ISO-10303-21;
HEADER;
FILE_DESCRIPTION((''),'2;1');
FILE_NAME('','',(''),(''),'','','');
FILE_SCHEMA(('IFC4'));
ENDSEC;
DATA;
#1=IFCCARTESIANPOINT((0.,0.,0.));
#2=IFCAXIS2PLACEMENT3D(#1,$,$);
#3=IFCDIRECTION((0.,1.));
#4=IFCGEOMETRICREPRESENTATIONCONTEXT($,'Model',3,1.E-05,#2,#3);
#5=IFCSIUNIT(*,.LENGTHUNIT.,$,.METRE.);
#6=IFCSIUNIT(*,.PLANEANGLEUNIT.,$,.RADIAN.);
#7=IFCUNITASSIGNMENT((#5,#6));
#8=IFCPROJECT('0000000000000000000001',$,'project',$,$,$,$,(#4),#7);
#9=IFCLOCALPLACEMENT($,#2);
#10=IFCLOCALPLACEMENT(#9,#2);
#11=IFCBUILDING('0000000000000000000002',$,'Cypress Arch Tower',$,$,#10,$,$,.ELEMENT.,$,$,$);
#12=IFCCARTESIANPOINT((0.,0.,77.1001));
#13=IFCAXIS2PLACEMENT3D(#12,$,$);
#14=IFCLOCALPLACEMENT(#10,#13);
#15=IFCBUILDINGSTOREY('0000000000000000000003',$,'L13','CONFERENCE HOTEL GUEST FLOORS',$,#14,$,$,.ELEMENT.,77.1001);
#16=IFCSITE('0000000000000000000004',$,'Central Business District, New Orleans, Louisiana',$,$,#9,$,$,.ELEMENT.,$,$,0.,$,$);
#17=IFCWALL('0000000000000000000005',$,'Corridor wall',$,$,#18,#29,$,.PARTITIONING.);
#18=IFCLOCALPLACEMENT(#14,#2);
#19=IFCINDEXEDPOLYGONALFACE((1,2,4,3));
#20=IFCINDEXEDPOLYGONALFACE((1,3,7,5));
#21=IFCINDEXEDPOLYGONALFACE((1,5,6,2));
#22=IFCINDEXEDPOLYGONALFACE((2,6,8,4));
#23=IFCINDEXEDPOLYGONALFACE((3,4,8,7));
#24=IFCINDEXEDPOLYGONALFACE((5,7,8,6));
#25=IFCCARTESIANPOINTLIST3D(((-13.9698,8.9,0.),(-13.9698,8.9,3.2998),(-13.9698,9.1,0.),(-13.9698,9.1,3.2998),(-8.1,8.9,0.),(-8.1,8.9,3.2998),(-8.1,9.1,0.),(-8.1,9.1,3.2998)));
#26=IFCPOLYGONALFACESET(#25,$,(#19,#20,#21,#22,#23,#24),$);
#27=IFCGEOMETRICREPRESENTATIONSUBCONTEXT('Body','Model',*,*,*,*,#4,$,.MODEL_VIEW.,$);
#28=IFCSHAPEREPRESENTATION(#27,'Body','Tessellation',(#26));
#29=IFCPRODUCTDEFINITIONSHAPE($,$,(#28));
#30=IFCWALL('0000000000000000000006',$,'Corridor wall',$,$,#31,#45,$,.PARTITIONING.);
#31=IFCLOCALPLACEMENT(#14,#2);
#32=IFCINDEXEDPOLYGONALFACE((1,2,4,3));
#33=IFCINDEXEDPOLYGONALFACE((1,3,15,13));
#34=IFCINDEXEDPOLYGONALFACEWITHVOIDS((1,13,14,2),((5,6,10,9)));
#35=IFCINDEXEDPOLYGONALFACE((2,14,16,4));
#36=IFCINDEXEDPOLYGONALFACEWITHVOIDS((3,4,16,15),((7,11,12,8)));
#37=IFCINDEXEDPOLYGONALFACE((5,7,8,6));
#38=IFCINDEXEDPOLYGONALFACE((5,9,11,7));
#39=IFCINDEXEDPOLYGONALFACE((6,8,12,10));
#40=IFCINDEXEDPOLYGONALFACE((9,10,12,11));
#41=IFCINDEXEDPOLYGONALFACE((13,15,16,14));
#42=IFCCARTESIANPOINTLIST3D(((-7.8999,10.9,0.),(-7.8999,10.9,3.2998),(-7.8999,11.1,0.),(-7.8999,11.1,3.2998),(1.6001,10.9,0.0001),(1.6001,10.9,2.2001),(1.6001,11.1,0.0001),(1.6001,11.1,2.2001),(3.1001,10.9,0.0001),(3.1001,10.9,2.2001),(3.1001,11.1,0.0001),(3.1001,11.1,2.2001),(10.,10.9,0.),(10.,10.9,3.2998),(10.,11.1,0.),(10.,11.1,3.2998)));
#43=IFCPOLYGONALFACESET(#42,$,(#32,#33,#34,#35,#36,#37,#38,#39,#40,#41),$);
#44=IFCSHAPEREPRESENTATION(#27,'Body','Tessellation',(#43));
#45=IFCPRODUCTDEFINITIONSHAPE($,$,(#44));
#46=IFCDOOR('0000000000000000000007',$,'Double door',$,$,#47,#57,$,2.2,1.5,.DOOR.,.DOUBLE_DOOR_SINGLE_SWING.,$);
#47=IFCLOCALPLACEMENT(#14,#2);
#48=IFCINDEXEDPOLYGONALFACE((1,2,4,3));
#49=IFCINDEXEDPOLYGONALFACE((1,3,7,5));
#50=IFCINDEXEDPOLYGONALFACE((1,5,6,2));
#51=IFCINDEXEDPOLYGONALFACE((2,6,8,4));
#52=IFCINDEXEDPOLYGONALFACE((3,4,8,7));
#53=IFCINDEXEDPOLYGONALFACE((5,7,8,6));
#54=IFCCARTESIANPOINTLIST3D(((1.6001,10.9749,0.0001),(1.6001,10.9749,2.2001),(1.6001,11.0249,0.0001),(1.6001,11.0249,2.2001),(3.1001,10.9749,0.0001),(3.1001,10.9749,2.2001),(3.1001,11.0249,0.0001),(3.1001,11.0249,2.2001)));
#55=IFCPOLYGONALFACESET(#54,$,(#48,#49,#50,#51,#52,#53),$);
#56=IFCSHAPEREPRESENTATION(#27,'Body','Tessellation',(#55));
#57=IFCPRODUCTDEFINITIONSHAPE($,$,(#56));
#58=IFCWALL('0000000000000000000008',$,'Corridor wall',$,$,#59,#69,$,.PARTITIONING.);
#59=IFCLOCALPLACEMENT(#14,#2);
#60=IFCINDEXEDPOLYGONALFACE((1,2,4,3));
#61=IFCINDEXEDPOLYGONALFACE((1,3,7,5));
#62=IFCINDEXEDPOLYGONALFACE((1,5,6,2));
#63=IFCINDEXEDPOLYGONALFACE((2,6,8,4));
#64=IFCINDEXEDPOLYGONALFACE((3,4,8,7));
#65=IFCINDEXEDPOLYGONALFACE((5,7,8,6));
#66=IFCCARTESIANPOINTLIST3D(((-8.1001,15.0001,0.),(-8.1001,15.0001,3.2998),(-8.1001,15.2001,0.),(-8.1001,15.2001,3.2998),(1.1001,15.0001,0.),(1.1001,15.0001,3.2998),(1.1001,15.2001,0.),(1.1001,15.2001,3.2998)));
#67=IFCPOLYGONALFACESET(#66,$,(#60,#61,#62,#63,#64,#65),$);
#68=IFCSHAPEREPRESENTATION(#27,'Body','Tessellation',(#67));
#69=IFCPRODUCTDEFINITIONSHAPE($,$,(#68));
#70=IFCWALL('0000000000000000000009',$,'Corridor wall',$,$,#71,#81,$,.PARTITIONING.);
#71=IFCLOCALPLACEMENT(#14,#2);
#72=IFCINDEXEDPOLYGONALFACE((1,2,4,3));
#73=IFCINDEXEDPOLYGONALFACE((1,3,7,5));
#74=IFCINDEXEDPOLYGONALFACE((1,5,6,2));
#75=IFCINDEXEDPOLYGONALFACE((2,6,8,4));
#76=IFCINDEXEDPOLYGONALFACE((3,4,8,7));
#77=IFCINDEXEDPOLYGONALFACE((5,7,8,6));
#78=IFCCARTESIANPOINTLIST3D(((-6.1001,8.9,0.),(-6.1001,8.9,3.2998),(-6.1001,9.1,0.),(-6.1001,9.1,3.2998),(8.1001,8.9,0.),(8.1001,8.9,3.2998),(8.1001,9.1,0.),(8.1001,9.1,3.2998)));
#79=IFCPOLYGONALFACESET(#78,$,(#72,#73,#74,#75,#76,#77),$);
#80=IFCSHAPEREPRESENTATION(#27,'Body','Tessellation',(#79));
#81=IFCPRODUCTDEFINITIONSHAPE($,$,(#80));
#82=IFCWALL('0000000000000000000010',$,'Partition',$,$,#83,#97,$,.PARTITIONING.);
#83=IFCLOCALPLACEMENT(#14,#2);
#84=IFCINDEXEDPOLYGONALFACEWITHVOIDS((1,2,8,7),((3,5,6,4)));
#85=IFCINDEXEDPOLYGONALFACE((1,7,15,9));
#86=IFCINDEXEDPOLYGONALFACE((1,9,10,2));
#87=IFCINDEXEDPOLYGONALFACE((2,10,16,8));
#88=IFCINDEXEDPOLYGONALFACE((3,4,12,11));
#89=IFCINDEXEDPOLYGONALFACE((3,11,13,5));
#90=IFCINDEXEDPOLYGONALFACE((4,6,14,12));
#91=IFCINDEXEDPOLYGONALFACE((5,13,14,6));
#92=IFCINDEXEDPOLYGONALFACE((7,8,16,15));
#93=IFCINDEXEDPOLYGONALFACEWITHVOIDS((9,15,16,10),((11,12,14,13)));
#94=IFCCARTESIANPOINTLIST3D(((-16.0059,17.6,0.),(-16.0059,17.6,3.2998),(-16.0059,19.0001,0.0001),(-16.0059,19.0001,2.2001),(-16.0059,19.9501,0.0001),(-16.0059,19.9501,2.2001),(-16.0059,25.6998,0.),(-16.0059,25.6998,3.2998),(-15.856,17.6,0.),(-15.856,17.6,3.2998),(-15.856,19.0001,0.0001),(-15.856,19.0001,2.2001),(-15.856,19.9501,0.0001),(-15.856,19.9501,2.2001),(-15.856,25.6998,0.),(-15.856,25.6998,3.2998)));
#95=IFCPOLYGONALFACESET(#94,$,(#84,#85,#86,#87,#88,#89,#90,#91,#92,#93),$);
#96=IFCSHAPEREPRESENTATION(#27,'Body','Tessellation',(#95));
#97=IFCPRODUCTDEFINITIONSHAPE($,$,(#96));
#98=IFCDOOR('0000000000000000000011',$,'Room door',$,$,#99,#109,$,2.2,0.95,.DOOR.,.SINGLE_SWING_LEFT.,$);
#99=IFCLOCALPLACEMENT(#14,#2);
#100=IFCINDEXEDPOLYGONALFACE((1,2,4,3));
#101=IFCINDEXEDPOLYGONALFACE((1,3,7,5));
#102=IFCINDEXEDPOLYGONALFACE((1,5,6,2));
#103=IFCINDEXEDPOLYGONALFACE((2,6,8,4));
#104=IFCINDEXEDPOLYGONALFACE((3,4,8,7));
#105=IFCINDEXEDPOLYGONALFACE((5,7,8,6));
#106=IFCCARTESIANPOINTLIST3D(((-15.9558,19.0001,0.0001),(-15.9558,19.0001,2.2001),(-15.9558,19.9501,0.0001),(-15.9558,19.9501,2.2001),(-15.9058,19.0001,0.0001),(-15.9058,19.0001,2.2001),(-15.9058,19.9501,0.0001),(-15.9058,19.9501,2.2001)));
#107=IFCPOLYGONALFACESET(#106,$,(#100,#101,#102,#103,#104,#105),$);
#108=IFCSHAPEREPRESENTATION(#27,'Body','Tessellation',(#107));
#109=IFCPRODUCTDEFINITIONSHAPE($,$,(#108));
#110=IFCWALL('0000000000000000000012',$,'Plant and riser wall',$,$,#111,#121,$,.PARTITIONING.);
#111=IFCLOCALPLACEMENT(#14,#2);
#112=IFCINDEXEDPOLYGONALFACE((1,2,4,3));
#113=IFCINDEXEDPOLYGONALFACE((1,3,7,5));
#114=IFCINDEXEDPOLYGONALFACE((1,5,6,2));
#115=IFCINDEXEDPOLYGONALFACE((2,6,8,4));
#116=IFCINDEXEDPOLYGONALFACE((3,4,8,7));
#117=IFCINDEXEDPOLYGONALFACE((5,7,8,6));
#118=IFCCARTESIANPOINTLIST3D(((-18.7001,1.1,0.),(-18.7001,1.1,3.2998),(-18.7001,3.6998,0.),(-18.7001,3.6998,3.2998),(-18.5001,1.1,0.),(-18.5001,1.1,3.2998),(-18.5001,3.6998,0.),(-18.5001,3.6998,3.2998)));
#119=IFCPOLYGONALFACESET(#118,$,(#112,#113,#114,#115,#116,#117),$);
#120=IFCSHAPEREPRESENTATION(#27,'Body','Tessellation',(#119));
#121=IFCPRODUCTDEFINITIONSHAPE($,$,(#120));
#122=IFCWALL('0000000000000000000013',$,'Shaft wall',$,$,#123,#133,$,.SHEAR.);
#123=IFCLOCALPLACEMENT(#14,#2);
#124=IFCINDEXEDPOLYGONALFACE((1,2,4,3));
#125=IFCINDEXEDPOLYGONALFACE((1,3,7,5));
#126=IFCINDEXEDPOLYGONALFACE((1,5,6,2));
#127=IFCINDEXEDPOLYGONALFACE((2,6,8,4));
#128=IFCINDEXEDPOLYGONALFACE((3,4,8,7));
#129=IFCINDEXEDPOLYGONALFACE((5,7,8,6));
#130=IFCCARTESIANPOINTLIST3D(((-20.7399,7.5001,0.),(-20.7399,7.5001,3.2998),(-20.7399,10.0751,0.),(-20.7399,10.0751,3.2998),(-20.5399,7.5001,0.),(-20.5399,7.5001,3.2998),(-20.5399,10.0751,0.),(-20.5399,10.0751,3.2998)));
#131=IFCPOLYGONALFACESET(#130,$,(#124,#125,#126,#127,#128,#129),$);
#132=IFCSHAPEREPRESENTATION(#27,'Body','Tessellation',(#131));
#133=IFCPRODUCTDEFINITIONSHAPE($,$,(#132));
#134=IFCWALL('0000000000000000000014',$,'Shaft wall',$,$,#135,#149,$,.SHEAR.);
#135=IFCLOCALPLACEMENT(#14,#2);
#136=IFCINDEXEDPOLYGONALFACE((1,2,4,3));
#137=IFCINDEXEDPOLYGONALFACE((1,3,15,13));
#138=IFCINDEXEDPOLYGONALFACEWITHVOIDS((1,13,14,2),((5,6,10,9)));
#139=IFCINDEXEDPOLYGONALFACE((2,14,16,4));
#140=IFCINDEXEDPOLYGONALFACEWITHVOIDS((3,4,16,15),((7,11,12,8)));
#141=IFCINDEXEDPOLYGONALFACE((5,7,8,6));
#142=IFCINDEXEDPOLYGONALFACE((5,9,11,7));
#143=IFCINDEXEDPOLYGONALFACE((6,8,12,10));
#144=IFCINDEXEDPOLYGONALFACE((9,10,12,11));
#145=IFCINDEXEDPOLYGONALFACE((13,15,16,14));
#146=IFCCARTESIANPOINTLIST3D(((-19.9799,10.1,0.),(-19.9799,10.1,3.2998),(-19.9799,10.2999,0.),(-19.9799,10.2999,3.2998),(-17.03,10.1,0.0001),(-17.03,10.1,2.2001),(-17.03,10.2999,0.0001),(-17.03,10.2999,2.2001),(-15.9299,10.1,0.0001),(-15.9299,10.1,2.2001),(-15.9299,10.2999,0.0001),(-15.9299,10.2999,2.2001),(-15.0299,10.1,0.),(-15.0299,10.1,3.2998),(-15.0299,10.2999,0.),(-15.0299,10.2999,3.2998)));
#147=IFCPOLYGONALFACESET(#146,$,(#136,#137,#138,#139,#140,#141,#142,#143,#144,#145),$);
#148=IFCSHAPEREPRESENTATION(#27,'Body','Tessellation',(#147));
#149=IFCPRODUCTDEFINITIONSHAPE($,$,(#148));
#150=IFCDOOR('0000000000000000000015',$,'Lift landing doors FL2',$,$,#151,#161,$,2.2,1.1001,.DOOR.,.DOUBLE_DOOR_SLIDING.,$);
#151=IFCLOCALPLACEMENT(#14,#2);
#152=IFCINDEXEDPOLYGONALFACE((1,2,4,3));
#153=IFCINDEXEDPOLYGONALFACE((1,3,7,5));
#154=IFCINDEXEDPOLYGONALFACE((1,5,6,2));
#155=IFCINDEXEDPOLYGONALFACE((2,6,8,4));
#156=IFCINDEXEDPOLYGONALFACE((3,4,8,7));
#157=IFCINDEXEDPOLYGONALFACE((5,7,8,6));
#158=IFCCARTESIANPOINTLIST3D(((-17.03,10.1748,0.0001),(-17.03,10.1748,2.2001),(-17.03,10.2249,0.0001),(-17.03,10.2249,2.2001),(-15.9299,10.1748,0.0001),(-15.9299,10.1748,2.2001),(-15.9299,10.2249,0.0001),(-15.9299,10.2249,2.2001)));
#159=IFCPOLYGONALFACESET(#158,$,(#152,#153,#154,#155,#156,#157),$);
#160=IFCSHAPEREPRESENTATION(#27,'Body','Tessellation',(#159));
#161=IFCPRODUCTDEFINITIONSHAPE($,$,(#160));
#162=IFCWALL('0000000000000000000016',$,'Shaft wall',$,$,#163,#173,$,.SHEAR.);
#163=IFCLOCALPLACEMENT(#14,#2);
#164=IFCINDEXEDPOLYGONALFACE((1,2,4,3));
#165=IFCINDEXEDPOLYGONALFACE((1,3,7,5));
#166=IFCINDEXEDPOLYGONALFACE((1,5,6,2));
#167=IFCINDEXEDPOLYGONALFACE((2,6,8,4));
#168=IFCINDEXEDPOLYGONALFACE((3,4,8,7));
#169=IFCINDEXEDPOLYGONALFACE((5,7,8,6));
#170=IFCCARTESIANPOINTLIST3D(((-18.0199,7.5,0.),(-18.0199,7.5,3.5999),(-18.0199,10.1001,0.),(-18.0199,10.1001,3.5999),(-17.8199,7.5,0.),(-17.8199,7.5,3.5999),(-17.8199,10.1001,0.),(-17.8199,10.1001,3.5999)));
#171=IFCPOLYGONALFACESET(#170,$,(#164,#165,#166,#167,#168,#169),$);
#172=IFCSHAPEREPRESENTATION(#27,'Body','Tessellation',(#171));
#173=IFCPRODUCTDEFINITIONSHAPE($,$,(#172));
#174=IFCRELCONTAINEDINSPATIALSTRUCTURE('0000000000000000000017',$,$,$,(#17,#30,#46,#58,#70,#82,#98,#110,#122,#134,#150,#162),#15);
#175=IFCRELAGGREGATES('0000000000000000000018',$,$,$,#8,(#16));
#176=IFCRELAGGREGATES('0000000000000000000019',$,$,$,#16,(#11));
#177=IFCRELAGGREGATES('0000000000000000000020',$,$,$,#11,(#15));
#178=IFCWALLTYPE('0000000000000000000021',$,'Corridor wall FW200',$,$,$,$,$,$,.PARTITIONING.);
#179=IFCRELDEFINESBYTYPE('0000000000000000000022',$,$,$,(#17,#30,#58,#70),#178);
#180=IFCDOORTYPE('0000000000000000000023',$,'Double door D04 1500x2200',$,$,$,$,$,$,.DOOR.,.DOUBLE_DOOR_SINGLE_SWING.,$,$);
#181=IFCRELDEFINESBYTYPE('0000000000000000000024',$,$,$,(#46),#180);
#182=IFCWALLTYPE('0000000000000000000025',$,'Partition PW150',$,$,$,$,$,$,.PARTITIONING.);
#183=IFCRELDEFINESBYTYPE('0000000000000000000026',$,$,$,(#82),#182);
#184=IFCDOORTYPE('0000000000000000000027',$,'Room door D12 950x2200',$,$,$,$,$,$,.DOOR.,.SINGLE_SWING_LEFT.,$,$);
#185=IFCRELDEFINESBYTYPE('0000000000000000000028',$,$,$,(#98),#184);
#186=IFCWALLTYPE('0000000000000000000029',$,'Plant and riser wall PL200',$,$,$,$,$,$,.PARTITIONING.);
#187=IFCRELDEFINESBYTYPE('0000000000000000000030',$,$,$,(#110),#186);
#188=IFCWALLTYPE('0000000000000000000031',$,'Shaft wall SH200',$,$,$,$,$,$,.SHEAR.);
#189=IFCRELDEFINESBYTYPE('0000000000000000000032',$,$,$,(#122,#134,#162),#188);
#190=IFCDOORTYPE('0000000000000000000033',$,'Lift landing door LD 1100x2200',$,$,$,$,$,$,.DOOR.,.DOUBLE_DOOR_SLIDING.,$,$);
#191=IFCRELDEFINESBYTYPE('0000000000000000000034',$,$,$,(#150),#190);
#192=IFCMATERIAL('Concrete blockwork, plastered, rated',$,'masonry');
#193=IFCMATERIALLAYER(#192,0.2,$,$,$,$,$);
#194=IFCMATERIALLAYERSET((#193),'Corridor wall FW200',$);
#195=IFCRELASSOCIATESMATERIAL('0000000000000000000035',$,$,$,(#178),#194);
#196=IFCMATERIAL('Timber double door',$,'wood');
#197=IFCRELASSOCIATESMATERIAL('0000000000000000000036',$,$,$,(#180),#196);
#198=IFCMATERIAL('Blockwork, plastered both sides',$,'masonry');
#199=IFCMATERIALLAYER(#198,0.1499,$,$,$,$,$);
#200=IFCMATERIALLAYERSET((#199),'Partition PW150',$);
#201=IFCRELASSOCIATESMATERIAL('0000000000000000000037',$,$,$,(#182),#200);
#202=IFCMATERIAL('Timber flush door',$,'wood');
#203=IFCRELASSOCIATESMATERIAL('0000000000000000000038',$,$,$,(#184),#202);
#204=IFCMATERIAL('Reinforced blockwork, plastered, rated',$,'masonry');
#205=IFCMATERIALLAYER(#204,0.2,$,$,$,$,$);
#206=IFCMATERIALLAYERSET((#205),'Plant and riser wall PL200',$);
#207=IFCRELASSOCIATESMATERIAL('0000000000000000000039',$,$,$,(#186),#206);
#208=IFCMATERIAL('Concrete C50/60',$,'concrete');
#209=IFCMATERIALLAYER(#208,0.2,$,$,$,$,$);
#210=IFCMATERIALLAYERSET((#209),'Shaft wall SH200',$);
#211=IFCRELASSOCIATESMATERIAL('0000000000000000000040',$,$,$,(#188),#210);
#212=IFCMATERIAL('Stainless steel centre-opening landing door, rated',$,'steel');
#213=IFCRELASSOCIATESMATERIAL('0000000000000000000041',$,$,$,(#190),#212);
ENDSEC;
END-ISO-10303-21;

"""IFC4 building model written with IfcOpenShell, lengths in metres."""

from ifc_helpers import new_model, si_unit, direction, frame, frame_2d, origin, place, context, subcontext, project, spatial, rectangle, extrude, material, layer, layer_set, type_object, element, fill, save


model = new_model("IFC4")

# Units and contexts
model_context = context("Model", 3, precision=1e-05, world=origin(), true_north=direction((0.0, 1.0)))
body_context = subcontext(model_context, "Body", "Model", "MODEL_VIEW")
ifc_project = project(units=[si_unit("LENGTHUNIT", "METRE"), si_unit("PLANEANGLEUNIT", "RADIAN")], contexts=[model_context])

# Site, building, storey
site_placement = place(None, origin())
site = spatial("IfcSite", under=ifc_project, at=site_placement, Name="Central Business District, New Orleans, Louisiana", CompositionType="ELEMENT", RefElevation=0.0)
building_placement = place(site_placement, origin())
building = spatial("IfcBuilding", under=site, at=building_placement, Name="Cypress Arch Tower", CompositionType="ELEMENT")
storey_placement = place(building_placement, frame((0.0, 0.0, 77.1001)))
storey = spatial("IfcBuildingStorey", under=building, at=storey_placement, Name="L13", Description="CONFERENCE HOTEL GUEST FLOORS", CompositionType="ELEMENT", Elevation=77.1001)

# Shared definitions
ifc_material_1 = material(Name="Concrete blockwork, plastered, rated", Category="masonry")
ifc_layer_1 = layer(ifc_material_1, 0.2)
ifc_layer_set_1 = layer_set([ifc_layer_1], Name="Corridor wall FW200")
wall_type_1 = type_object("IfcWallType", Name="Corridor wall FW200", PredefinedType="PARTITIONING", material=ifc_layer_set_1)

# Wall
wall_1_placement = place(storey_placement, frame((-13.97, 9.0, 0.0), z_axis=(0.0, 0.0, 1.0), x_axis=(1.0, 0.0, 0.0)))
element("IfcWall", 1, at=wall_1_placement, inside=storey, type_object=wall_type_1, Name="Corridor wall", PredefinedType="PARTITIONING", context=body_context, shape_type="SweptSolid", body=[
    extrude(rectangle(XDim=5.8699, YDim=0.2, at=frame_2d((2.9351, 0.0))), origin(), (0.0, 0.0, 1.0), 3.2998),
])

# Wall, opening, door
wall_2_placement = place(storey_placement, frame((-7.8999, 11.0, 0.0), z_axis=(0.0, 0.0, 1.0), x_axis=(1.0, 0.0, 0.0)))
wall_2 = element("IfcWall", 2, at=wall_2_placement, inside=storey, type_object=wall_type_1, Name="Corridor wall", PredefinedType="PARTITIONING", context=body_context, shape_type="SweptSolid", body=[
    extrude(rectangle(XDim=17.8999, YDim=0.2, at=frame_2d((8.95, 0.0))), origin(), (0.0, 0.0, 1.0), 3.2998),
])
opening_1_placement = place(wall_2_placement, frame((9.5, 0.0, 0.0)))
opening_1 = element("IfcOpeningElement", 3, at=opening_1_placement, cuts=wall_2, PredefinedType="OPENING", context=body_context, shape_type="SweptSolid", body=[
    extrude(rectangle(XDim=1.5, YDim=2.2, at=frame_2d((0.75, 1.1001))), frame((0.0, 0.1099, 0.0), z_axis=(0.0, -1.0, 0.0), x_axis=(1.0, 0.0, 0.0)), (0.0, 0.0, 1.0), 0.22),
])
ifc_material_2 = material(Name="Timber double door", Category="wood")
door_type_1 = type_object("IfcDoorType", Name="Double door D04 1500x2200", OperationType="DOUBLE_DOOR_SINGLE_SWING", PredefinedType="DOOR", material=ifc_material_2)
door_1_placement = place(opening_1_placement, origin())
door_1 = element("IfcDoor", 4, at=door_1_placement, inside=storey, type_object=door_type_1, Name="Double door", OperationType="DOUBLE_DOOR_SINGLE_SWING", OverallHeight=2.2, OverallWidth=1.5, PredefinedType="DOOR", context=body_context, shape_type="SweptSolid", body=[
    extrude(rectangle(XDim=1.5, YDim=2.2, at=frame_2d((0.75, 1.1001))), frame((0.0, 0.0249, 0.0), z_axis=(0.0, -1.0, 0.0), x_axis=(1.0, 0.0, 0.0)), (0.0, 0.0, 1.0), 0.05),
])
fill(opening_1, door_1)

# Walls
wall_3_placement = place(storey_placement, frame((-8.1001, 15.1001, 0.0), z_axis=(0.0, 0.0, 1.0), x_axis=(1.0, 0.0, 0.0)))
element("IfcWall", 5, at=wall_3_placement, inside=storey, type_object=wall_type_1, Name="Corridor wall", PredefinedType="PARTITIONING", context=body_context, shape_type="SweptSolid", body=[
    extrude(rectangle(XDim=9.2002, YDim=0.2, at=frame_2d((4.6001, 0.0))), origin(), (0.0, 0.0, 1.0), 3.2998),
])
wall_4_placement = place(storey_placement, frame((-6.1001, 9.0, 0.0), z_axis=(0.0, 0.0, 1.0), x_axis=(1.0, 0.0, 0.0)))
element("IfcWall", 6, at=wall_4_placement, inside=storey, type_object=wall_type_1, Name="Corridor wall", PredefinedType="PARTITIONING", context=body_context, shape_type="SweptSolid", body=[
    extrude(rectangle(XDim=14.2002, YDim=0.2, at=frame_2d((7.1001, 0.0))), origin(), (0.0, 0.0, 1.0), 3.2998),
])

# Wall, opening, door
ifc_material_3 = material(Name="Blockwork, plastered both sides", Category="masonry")
ifc_layer_2 = layer(ifc_material_3, 0.1499)
ifc_layer_set_2 = layer_set([ifc_layer_2], Name="Partition PW150")
wall_type_2 = type_object("IfcWallType", Name="Partition PW150", PredefinedType="PARTITIONING", material=ifc_layer_set_2)
wall_5_placement = place(storey_placement, frame((-15.9309, 17.6001, 0.0), z_axis=(0.0, 0.0, 1.0), x_axis=(0.0, 1.0, 0.0)))
wall_5 = element("IfcWall", 7, at=wall_5_placement, inside=storey, type_object=wall_type_2, Name="Partition", PredefinedType="PARTITIONING", context=body_context, shape_type="SweptSolid", body=[
    extrude(rectangle(XDim=8.0999, YDim=0.1499, at=frame_2d((4.0498, 0.0))), origin(), (0.0, 0.0, 1.0), 3.2998),
])
opening_2_placement = place(wall_5_placement, frame((1.3999, 0.0, 0.0)))
opening_2 = element("IfcOpeningElement", 8, at=opening_2_placement, cuts=wall_5, PredefinedType="OPENING", context=body_context, shape_type="SweptSolid", body=[
    extrude(rectangle(XDim=0.95, YDim=2.2, at=frame_2d((0.4751, 1.1001))), frame((0.0, 0.085, 0.0), z_axis=(0.0, -1.0, 0.0), x_axis=(1.0, 0.0, 0.0)), (0.0, 0.0, 1.0), 0.1699),
])
ifc_material_4 = material(Name="Timber flush door", Category="wood")
door_type_2 = type_object("IfcDoorType", Name="Room door D12 950x2200", OperationType="SINGLE_SWING_LEFT", PredefinedType="DOOR", material=ifc_material_4)
door_2_placement = place(opening_2_placement, origin())
door_2 = element("IfcDoor", 9, at=door_2_placement, inside=storey, type_object=door_type_2, Name="Room door", OperationType="SINGLE_SWING_LEFT", OverallHeight=2.2, OverallWidth=0.95, PredefinedType="DOOR", context=body_context, shape_type="SweptSolid", body=[
    extrude(rectangle(XDim=0.95, YDim=2.2, at=frame_2d((0.4751, 1.1001))), frame((0.0, 0.0249, 0.0), z_axis=(0.0, -1.0, 0.0), x_axis=(1.0, 0.0, 0.0)), (0.0, 0.0, 1.0), 0.05),
])
fill(opening_2, door_2)

# Walls
ifc_material_5 = material(Name="Reinforced blockwork, plastered, rated", Category="masonry")
ifc_layer_3 = layer(ifc_material_5, 0.2)
ifc_layer_set_3 = layer_set([ifc_layer_3], Name="Plant and riser wall PL200")
wall_type_3 = type_object("IfcWallType", Name="Plant and riser wall PL200", PredefinedType="PARTITIONING", material=ifc_layer_set_3)
wall_6_placement = place(storey_placement, frame((-18.6001, 1.1001, 0.0), z_axis=(0.0, 0.0, 1.0), x_axis=(0.0, 1.0, 0.0)))
element("IfcWall", 10, at=wall_6_placement, inside=storey, type_object=wall_type_3, Name="Plant and riser wall", PredefinedType="PARTITIONING", context=body_context, shape_type="SweptSolid", body=[
    extrude(rectangle(XDim=2.5999, YDim=0.2, at=frame_2d((1.2998, 0.0))), origin(), (0.0, 0.0, 1.0), 3.2998),
])
ifc_material_6 = material(Name="Concrete C50/60", Category="concrete")
ifc_layer_4 = layer(ifc_material_6, 0.2)
ifc_layer_set_4 = layer_set([ifc_layer_4], Name="Shaft wall SH200")
wall_type_4 = type_object("IfcWallType", Name="Shaft wall SH200", PredefinedType="SHEAR", material=ifc_layer_set_4)
wall_7_placement = place(storey_placement, frame((-20.6399, 7.5, 0.0), z_axis=(0.0, 0.0, 1.0), x_axis=(0.0, 1.0, 0.0)))
element("IfcWall", 11, at=wall_7_placement, inside=storey, type_object=wall_type_4, Name="Shaft wall", PredefinedType="SHEAR", context=body_context, shape_type="SweptSolid", body=[
    extrude(rectangle(XDim=2.575, YDim=0.2, at=frame_2d((1.2876, 0.0))), origin(), (0.0, 0.0, 1.0), 3.2998),
])

# Wall, opening, door
wall_8_placement = place(storey_placement, frame((-19.98, 10.2, 0.0), z_axis=(0.0, 0.0, 1.0), x_axis=(1.0, 0.0, 0.0)))
wall_8 = element("IfcWall", 12, at=wall_8_placement, inside=storey, type_object=wall_type_4, Name="Shaft wall", PredefinedType="SHEAR", context=body_context, shape_type="SweptSolid", body=[
    extrude(rectangle(XDim=4.95, YDim=0.2, at=frame_2d((2.4751, 0.0))), origin(), (0.0, 0.0, 1.0), 3.2998),
])
opening_3_placement = place(wall_8_placement, frame((2.95, 0.0, 0.0)))
opening_3 = element("IfcOpeningElement", 13, at=opening_3_placement, cuts=wall_8, PredefinedType="OPENING", context=body_context, shape_type="SweptSolid", body=[
    extrude(rectangle(XDim=1.1001, YDim=2.2, at=frame_2d((0.55, 1.1001))), frame((0.0, 0.1099, 0.0), z_axis=(0.0, -1.0, 0.0), x_axis=(1.0, 0.0, 0.0)), (0.0, 0.0, 1.0), 0.22),
])
ifc_material_7 = material(Name="Stainless steel centre-opening landing door, rated", Category="steel")
door_type_3 = type_object("IfcDoorType", Name="Lift landing door LD 1100x2200", OperationType="DOUBLE_DOOR_SLIDING", PredefinedType="DOOR", material=ifc_material_7)
door_3_placement = place(opening_3_placement, origin())
door_3 = element("IfcDoor", 14, at=door_3_placement, inside=storey, type_object=door_type_3, Name="Lift landing doors FL2", OperationType="DOUBLE_DOOR_SLIDING", OverallHeight=2.2, OverallWidth=1.1001, PredefinedType="DOOR", context=body_context, shape_type="SweptSolid", body=[
    extrude(rectangle(XDim=1.1001, YDim=2.2, at=frame_2d((0.55, 1.1001))), frame((0.0, 0.0249, 0.0), z_axis=(0.0, -1.0, 0.0), x_axis=(1.0, 0.0, 0.0)), (0.0, 0.0, 1.0), 0.05),
])
fill(opening_3, door_3)

# Wall
wall_9_placement = place(storey_placement, frame((-17.9199, 7.5, 0.0), z_axis=(0.0, 0.0, 1.0), x_axis=(0.0, 1.0, 0.0)))
element("IfcWall", 15, at=wall_9_placement, inside=storey, type_object=wall_type_4, Name="Shaft wall", PredefinedType="SHEAR", context=body_context, shape_type="SweptSolid", body=[
    extrude(rectangle(XDim=2.6001, YDim=0.2, at=frame_2d((1.3, 0.0))), origin(), (0.0, 0.0, 1.0), 3.5999),
])

save(model, "model.ifc")
